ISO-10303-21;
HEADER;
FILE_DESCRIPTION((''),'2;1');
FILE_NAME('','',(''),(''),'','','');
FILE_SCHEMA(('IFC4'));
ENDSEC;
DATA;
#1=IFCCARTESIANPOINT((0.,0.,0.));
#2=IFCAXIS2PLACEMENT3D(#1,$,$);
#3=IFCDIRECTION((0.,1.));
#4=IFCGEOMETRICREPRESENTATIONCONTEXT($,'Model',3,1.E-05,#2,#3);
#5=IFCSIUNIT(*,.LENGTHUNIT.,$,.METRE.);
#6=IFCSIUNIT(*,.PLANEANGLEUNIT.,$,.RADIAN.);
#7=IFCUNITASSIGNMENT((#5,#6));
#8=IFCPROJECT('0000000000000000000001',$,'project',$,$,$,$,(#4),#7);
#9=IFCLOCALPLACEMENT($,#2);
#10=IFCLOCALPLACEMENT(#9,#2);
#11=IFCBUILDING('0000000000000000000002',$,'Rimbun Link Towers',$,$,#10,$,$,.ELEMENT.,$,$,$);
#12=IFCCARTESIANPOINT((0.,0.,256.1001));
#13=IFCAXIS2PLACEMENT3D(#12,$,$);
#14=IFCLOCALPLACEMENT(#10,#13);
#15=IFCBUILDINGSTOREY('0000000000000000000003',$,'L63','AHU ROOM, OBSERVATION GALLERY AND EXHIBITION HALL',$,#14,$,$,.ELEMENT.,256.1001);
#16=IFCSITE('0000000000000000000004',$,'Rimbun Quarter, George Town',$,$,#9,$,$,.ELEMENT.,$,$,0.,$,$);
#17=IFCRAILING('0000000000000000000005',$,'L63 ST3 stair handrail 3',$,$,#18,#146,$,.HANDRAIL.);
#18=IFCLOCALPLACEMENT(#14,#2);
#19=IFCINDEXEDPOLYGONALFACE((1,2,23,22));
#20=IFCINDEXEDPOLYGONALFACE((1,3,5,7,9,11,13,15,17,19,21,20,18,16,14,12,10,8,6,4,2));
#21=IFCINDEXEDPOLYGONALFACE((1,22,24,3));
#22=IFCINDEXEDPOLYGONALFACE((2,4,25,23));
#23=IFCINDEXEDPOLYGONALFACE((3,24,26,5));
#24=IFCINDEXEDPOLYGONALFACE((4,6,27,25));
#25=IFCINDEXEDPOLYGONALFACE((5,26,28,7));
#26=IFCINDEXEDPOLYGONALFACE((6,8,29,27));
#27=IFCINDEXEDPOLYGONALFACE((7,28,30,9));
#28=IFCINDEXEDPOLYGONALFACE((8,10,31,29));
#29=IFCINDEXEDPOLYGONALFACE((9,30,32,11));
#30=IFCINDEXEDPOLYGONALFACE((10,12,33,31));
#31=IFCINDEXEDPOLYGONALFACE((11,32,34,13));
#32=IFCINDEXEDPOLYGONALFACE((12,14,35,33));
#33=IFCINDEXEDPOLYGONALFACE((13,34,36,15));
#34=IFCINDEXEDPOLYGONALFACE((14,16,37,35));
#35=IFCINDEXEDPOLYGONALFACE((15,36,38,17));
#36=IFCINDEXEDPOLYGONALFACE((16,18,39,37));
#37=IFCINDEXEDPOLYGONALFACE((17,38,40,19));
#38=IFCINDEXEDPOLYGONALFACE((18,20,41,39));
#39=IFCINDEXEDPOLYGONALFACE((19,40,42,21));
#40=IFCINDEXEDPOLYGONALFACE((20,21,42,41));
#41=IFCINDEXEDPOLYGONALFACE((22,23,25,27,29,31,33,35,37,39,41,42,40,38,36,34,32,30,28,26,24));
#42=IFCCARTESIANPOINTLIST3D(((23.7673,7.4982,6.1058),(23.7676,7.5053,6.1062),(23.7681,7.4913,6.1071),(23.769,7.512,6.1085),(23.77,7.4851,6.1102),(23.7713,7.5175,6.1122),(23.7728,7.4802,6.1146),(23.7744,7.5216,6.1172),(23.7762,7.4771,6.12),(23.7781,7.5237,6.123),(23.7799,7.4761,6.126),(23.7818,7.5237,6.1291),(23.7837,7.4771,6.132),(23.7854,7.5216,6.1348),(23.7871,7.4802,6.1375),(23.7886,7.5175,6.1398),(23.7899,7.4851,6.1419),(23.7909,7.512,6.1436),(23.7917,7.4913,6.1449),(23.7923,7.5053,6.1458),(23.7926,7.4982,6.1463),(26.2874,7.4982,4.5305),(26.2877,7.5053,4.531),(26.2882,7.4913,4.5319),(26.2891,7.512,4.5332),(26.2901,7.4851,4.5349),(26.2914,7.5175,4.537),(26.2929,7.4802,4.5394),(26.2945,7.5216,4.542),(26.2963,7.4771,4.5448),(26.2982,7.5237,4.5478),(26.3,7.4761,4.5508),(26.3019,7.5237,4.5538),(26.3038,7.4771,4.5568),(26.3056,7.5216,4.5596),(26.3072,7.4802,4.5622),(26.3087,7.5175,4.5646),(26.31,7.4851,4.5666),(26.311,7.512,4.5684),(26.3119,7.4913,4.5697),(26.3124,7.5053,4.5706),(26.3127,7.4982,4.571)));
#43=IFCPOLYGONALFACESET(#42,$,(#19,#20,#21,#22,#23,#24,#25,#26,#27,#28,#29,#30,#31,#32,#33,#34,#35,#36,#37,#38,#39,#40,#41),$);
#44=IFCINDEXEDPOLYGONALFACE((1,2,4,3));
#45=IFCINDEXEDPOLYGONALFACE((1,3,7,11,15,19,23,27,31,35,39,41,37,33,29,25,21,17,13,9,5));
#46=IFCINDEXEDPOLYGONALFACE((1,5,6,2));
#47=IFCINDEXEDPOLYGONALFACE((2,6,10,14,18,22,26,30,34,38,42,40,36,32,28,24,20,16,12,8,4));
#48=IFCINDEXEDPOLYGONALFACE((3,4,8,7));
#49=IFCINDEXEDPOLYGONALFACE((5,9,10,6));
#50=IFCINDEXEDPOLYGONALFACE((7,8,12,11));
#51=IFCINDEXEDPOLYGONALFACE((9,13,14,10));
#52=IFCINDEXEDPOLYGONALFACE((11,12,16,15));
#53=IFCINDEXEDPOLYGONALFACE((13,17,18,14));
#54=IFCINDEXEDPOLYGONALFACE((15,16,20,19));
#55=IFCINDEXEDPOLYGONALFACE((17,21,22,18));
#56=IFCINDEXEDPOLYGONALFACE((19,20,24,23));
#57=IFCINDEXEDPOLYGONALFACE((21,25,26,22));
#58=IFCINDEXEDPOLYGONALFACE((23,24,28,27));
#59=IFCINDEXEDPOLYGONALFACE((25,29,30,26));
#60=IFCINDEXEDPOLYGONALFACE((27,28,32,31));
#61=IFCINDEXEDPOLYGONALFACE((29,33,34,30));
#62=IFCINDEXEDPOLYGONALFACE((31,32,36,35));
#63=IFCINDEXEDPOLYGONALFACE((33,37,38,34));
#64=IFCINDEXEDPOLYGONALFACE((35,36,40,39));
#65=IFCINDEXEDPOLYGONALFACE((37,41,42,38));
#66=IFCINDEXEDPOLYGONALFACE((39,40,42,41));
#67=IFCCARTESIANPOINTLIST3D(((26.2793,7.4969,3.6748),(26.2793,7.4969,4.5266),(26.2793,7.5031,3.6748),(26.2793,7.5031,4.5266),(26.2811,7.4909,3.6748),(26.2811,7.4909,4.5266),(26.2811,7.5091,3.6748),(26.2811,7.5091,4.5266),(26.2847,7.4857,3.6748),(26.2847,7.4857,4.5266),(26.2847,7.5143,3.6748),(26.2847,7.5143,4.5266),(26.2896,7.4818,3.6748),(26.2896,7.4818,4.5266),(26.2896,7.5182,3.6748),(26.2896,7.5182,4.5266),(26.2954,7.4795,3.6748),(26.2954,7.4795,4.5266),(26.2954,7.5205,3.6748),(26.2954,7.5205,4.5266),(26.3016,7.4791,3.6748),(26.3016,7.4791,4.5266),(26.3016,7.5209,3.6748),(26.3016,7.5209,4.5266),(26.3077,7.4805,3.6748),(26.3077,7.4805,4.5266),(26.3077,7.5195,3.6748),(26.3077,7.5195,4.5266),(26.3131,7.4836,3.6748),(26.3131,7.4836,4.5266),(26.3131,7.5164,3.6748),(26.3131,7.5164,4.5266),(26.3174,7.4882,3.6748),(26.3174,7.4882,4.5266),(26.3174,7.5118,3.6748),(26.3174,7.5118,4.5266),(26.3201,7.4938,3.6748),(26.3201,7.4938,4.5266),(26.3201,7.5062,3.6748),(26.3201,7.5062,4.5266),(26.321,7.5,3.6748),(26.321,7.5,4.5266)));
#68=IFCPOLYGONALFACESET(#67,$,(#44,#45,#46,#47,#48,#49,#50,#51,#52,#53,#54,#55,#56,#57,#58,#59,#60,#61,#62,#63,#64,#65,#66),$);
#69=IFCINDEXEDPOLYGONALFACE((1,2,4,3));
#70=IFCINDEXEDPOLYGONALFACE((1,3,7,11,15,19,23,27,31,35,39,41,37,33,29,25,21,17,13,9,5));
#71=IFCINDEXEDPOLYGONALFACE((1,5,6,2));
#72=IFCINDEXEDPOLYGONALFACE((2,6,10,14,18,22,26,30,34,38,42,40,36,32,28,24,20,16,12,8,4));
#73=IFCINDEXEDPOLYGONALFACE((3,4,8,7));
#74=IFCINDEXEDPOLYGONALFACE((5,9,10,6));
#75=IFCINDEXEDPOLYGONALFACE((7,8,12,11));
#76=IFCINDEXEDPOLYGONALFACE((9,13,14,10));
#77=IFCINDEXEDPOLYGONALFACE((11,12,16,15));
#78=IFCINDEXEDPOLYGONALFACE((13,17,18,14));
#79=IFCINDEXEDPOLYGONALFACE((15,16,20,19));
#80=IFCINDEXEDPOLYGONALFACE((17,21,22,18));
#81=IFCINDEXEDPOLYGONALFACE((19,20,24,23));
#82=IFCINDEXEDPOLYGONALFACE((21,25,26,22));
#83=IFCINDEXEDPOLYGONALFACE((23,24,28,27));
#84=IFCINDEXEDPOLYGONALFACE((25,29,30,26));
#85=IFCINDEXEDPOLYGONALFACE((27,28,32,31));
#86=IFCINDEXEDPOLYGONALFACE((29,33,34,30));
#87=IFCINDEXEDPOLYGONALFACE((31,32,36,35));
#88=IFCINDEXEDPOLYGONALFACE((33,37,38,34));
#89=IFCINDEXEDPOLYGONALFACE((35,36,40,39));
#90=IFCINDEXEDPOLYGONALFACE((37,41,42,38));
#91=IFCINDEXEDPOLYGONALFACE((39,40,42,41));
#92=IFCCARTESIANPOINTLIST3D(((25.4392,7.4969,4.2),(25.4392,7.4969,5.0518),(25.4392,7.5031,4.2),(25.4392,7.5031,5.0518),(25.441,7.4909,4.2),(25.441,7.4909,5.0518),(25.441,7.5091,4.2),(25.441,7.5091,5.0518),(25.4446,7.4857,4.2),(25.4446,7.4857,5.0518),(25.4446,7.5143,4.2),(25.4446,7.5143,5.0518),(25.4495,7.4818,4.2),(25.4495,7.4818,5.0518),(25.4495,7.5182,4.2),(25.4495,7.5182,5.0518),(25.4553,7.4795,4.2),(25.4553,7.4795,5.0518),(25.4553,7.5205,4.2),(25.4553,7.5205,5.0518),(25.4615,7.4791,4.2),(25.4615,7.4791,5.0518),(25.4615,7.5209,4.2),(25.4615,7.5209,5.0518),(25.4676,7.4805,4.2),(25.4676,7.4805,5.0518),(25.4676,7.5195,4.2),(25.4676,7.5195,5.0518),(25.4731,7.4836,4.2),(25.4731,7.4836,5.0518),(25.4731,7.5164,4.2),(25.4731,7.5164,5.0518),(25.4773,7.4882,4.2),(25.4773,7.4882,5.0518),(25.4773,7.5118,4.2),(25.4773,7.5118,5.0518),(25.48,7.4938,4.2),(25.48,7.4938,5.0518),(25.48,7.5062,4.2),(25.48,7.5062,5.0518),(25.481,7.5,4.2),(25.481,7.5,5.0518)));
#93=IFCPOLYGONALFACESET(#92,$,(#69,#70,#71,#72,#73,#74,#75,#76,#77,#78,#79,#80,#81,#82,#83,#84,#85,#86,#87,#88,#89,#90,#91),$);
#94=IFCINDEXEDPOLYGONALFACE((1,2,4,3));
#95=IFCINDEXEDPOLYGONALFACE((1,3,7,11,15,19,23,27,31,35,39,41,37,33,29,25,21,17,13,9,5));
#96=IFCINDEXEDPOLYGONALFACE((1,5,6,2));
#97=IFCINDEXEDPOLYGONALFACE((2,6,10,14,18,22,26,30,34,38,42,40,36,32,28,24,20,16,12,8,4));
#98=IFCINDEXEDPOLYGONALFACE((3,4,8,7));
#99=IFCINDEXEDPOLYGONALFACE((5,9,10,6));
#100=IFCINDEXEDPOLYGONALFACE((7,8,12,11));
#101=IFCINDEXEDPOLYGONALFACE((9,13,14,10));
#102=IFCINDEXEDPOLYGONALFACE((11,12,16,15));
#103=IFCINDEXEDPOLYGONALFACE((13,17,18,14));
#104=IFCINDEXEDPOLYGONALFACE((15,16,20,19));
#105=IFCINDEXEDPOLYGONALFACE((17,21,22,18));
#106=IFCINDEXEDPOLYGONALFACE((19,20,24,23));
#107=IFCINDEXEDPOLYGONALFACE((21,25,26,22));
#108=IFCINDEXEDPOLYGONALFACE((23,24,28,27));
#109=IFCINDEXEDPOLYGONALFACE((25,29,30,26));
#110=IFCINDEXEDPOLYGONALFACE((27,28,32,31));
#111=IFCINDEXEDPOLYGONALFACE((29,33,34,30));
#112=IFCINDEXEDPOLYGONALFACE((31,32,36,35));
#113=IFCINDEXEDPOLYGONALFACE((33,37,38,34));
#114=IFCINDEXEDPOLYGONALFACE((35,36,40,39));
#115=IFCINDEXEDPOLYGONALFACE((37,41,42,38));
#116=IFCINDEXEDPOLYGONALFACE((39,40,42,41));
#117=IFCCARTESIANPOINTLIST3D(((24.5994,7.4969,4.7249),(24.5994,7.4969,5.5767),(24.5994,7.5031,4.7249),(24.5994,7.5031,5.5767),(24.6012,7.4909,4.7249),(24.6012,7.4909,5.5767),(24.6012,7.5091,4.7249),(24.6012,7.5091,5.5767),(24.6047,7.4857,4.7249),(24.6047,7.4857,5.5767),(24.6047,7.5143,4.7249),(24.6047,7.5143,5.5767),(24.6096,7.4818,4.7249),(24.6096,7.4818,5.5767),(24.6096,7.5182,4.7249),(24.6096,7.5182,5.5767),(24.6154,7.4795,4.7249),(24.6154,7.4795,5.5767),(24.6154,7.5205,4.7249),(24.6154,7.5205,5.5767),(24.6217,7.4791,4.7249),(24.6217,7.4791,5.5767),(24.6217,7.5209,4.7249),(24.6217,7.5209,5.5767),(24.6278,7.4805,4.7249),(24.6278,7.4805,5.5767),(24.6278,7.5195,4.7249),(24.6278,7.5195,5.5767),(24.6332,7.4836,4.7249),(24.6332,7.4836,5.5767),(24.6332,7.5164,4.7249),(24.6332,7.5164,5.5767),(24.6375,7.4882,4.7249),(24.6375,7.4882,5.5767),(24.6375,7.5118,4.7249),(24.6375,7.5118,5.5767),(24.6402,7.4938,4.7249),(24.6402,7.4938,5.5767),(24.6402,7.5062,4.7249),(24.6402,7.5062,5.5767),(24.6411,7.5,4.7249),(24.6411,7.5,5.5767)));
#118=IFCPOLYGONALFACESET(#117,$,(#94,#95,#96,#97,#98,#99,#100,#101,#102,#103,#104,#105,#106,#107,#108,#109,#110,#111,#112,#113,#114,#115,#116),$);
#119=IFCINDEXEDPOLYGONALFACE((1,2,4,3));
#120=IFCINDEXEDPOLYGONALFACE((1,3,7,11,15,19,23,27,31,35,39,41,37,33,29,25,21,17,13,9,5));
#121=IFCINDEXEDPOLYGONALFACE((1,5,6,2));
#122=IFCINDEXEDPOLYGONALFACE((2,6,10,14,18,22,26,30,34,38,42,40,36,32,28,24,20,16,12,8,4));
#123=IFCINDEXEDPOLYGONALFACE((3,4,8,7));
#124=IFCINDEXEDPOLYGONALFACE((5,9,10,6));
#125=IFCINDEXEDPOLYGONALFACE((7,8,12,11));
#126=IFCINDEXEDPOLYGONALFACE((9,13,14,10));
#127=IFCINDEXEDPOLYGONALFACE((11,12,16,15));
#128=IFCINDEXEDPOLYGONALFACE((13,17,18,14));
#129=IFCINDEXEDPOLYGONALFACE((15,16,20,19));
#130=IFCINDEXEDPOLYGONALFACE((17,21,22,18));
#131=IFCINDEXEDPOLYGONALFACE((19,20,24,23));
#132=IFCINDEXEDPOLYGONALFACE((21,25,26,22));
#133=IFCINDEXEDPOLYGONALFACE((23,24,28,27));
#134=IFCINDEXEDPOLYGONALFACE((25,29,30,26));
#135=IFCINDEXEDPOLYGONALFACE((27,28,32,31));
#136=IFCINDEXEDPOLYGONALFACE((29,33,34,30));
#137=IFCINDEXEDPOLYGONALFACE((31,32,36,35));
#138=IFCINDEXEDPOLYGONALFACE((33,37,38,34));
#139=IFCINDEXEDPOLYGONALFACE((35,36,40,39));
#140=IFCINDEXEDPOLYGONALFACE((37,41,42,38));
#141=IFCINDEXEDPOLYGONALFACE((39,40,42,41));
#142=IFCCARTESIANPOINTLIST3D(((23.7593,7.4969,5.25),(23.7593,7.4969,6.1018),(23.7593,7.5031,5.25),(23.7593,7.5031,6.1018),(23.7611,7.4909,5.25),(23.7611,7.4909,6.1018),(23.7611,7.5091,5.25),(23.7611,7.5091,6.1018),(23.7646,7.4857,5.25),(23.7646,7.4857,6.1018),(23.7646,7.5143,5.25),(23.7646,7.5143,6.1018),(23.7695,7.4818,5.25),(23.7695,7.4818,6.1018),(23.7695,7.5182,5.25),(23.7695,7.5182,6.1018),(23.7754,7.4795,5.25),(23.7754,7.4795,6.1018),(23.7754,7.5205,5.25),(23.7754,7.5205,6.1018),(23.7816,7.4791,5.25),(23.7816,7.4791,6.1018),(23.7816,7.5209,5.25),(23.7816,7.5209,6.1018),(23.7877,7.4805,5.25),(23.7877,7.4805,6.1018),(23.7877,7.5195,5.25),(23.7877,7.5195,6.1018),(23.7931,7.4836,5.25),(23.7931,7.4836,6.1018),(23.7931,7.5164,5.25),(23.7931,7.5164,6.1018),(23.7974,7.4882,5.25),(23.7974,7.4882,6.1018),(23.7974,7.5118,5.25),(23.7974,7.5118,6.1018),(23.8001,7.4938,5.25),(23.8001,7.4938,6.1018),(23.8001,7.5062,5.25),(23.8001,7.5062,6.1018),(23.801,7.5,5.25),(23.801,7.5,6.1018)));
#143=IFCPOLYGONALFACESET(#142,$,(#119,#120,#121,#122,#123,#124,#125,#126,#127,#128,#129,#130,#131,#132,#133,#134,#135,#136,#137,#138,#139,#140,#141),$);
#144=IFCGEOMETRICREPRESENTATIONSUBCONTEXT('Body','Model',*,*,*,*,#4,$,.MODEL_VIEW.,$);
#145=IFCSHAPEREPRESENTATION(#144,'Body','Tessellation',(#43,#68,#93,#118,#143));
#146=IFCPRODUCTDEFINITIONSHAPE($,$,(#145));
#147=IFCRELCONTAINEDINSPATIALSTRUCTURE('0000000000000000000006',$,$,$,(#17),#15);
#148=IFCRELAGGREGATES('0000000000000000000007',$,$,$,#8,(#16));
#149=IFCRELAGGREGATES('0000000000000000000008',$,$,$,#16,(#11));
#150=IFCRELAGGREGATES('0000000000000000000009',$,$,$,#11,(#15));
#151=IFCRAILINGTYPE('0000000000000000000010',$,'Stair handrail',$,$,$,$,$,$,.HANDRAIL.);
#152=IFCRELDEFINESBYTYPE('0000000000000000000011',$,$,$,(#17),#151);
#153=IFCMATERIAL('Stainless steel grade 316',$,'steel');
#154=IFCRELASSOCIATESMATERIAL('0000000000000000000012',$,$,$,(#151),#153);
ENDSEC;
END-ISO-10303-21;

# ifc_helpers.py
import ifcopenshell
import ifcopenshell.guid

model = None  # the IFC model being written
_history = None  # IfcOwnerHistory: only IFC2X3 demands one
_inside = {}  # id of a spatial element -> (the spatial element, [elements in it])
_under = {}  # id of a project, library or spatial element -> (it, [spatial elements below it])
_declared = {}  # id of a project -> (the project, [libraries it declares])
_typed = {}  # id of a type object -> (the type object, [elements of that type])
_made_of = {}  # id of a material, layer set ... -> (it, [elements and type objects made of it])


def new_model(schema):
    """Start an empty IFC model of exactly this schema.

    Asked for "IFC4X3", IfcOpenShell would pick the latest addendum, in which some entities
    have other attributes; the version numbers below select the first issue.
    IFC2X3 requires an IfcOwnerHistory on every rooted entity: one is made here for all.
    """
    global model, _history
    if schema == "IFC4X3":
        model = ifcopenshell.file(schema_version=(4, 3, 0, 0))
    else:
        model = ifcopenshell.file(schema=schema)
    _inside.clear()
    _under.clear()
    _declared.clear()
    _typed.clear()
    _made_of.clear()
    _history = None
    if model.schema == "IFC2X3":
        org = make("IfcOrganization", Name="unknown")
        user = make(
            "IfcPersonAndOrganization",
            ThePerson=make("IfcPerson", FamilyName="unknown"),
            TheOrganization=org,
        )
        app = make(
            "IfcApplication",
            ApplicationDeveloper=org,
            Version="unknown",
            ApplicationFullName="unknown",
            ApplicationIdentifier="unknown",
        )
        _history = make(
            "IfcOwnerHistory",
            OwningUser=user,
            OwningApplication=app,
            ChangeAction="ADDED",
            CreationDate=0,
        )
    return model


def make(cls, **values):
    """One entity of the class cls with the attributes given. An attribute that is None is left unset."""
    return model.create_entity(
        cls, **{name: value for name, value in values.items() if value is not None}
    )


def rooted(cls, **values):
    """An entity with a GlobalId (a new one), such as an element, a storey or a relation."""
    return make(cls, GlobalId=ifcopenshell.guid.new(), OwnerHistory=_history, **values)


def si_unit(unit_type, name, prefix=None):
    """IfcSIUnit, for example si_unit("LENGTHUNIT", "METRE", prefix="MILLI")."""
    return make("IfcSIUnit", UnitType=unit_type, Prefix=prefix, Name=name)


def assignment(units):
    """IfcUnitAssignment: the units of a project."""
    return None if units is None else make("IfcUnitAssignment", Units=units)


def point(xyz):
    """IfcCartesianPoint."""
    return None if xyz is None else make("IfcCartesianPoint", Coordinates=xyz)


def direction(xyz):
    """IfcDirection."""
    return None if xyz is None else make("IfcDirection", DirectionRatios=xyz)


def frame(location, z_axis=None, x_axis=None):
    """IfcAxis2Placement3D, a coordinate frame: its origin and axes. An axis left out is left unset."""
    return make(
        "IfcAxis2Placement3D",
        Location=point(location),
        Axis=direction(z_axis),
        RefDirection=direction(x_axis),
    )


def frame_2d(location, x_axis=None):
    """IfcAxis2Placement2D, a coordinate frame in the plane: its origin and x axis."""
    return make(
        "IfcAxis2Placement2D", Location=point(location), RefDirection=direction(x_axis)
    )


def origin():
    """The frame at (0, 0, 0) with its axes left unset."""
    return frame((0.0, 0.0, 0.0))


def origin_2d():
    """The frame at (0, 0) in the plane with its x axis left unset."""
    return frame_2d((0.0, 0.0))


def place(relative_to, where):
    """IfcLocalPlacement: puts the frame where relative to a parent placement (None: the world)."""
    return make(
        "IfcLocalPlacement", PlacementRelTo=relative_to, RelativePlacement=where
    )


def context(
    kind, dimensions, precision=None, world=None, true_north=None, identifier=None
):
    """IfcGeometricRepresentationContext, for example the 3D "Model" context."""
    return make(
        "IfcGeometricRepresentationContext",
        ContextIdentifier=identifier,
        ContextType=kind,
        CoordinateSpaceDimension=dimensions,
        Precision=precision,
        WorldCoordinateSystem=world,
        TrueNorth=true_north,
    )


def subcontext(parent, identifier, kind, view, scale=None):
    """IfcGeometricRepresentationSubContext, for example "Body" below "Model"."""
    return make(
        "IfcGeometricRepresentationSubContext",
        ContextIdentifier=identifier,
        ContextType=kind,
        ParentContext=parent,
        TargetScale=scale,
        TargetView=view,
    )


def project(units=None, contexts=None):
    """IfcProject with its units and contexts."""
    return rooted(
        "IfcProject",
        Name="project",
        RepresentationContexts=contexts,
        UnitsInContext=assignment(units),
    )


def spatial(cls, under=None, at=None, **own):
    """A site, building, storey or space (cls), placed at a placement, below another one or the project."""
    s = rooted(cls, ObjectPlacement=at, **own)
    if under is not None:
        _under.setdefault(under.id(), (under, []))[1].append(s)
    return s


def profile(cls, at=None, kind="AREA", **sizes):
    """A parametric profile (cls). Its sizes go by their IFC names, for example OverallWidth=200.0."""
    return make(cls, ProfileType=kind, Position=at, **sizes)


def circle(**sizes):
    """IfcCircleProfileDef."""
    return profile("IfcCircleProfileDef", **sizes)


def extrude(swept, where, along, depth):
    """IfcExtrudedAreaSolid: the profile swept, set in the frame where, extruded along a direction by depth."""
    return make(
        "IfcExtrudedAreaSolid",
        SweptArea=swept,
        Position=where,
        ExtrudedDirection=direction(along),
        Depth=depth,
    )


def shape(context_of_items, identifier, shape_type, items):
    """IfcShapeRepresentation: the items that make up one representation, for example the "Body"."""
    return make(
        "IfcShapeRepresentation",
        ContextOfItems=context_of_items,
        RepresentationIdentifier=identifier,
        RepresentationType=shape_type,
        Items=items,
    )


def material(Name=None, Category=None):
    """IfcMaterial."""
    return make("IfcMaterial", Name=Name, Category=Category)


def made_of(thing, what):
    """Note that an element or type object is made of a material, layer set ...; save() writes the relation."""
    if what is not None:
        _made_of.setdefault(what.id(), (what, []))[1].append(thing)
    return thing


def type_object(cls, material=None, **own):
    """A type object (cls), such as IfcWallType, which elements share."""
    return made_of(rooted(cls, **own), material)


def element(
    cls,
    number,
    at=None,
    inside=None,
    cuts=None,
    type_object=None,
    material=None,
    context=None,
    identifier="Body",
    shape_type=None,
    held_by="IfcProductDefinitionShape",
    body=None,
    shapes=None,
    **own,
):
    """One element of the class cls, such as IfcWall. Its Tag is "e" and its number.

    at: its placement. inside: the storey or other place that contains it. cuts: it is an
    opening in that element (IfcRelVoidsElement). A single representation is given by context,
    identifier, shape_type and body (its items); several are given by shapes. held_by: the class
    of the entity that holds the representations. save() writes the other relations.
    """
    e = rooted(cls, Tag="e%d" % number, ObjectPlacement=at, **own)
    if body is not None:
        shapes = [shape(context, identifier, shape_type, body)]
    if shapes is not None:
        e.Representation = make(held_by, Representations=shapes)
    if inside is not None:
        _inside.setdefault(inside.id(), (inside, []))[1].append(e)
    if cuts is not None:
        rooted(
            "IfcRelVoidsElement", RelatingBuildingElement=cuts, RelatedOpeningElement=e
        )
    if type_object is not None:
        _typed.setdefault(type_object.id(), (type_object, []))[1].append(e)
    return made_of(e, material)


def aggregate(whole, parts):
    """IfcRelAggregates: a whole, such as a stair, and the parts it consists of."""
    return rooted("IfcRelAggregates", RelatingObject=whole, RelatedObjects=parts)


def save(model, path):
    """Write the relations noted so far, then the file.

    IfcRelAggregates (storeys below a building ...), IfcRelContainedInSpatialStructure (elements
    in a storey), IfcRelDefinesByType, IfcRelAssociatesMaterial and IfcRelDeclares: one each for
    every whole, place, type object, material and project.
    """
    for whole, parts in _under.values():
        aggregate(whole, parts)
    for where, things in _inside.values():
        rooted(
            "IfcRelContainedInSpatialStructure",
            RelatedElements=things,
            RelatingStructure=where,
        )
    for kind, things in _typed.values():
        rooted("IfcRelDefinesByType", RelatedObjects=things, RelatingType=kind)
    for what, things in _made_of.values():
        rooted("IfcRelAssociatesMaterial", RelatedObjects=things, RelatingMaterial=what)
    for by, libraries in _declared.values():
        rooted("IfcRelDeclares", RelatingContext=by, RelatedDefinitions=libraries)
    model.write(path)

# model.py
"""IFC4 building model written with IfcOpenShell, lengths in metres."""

from ifc_helpers import new_model, si_unit, direction, frame, origin, origin_2d, place, context, subcontext, project, spatial, circle, extrude, material, type_object, element, save


model = new_model("IFC4")

# Units and contexts
model_context = context("Model", 3, precision=1e-05, world=origin(), true_north=direction((0.0, 1.0)))
body_context = subcontext(model_context, "Body", "Model", "MODEL_VIEW")
ifc_project = project(units=[si_unit("LENGTHUNIT", "METRE"), si_unit("PLANEANGLEUNIT", "RADIAN")], contexts=[model_context])

# Site, building, storey
site_placement = place(None, origin())
site = spatial("IfcSite", under=ifc_project, at=site_placement, Name="Rimbun Quarter, George Town", CompositionType="ELEMENT", RefElevation=0.0)
building_placement = place(site_placement, origin())
building = spatial("IfcBuilding", under=site, at=building_placement, Name="Rimbun Link Towers", CompositionType="ELEMENT")
storey_placement = place(building_placement, frame((0.0, 0.0, 256.1001)))
storey = spatial("IfcBuildingStorey", under=building, at=storey_placement, Name="L63", Description="AHU ROOM, OBSERVATION GALLERY AND EXHIBITION HALL", CompositionType="ELEMENT", Elevation=256.1001)

# Railing
ifc_material_1 = material(Name="Stainless steel grade 316", Category="steel")
railing_type_1 = type_object("IfcRailingType", Name="Stair handrail", PredefinedType="HANDRAIL", material=ifc_material_1)
railing_1_placement = place(storey_placement, frame((26.3, 7.5, 3.6748)))
element("IfcRailing", 1, at=railing_1_placement, inside=storey, type_object=railing_type_1, Name="L63 ST3 stair handrail 3", PredefinedType="HANDRAIL", context=body_context, shape_type="SweptSolid", body=[
    extrude(circle(Radius=0.0239, at=origin_2d()), frame((0.0, 0.0, 0.876), z_axis=(-0.847971, 0.0, 0.530043), x_axis=(0.0, -1.0, 0.0)), (0.0, 0.0, 1.0), 2.9719),
    extrude(circle(Radius=0.021, at=origin_2d()), origin(), (0.0, 0.0, 1.0), 0.8518),
    extrude(circle(Radius=0.021, at=origin_2d()), frame((-0.8401, 0.0, 0.5251)), (0.0, 0.0, 1.0), 0.8518),
    extrude(circle(Radius=0.021, at=origin_2d()), frame((-1.6799, 0.0, 1.05)), (0.0, 0.0, 1.0), 0.8518),
    extrude(circle(Radius=0.021, at=origin_2d()), frame((-2.52, 0.0, 1.5752)), (0.0, 0.0, 1.0), 0.8518),
])

save(model, "model.ifc")
